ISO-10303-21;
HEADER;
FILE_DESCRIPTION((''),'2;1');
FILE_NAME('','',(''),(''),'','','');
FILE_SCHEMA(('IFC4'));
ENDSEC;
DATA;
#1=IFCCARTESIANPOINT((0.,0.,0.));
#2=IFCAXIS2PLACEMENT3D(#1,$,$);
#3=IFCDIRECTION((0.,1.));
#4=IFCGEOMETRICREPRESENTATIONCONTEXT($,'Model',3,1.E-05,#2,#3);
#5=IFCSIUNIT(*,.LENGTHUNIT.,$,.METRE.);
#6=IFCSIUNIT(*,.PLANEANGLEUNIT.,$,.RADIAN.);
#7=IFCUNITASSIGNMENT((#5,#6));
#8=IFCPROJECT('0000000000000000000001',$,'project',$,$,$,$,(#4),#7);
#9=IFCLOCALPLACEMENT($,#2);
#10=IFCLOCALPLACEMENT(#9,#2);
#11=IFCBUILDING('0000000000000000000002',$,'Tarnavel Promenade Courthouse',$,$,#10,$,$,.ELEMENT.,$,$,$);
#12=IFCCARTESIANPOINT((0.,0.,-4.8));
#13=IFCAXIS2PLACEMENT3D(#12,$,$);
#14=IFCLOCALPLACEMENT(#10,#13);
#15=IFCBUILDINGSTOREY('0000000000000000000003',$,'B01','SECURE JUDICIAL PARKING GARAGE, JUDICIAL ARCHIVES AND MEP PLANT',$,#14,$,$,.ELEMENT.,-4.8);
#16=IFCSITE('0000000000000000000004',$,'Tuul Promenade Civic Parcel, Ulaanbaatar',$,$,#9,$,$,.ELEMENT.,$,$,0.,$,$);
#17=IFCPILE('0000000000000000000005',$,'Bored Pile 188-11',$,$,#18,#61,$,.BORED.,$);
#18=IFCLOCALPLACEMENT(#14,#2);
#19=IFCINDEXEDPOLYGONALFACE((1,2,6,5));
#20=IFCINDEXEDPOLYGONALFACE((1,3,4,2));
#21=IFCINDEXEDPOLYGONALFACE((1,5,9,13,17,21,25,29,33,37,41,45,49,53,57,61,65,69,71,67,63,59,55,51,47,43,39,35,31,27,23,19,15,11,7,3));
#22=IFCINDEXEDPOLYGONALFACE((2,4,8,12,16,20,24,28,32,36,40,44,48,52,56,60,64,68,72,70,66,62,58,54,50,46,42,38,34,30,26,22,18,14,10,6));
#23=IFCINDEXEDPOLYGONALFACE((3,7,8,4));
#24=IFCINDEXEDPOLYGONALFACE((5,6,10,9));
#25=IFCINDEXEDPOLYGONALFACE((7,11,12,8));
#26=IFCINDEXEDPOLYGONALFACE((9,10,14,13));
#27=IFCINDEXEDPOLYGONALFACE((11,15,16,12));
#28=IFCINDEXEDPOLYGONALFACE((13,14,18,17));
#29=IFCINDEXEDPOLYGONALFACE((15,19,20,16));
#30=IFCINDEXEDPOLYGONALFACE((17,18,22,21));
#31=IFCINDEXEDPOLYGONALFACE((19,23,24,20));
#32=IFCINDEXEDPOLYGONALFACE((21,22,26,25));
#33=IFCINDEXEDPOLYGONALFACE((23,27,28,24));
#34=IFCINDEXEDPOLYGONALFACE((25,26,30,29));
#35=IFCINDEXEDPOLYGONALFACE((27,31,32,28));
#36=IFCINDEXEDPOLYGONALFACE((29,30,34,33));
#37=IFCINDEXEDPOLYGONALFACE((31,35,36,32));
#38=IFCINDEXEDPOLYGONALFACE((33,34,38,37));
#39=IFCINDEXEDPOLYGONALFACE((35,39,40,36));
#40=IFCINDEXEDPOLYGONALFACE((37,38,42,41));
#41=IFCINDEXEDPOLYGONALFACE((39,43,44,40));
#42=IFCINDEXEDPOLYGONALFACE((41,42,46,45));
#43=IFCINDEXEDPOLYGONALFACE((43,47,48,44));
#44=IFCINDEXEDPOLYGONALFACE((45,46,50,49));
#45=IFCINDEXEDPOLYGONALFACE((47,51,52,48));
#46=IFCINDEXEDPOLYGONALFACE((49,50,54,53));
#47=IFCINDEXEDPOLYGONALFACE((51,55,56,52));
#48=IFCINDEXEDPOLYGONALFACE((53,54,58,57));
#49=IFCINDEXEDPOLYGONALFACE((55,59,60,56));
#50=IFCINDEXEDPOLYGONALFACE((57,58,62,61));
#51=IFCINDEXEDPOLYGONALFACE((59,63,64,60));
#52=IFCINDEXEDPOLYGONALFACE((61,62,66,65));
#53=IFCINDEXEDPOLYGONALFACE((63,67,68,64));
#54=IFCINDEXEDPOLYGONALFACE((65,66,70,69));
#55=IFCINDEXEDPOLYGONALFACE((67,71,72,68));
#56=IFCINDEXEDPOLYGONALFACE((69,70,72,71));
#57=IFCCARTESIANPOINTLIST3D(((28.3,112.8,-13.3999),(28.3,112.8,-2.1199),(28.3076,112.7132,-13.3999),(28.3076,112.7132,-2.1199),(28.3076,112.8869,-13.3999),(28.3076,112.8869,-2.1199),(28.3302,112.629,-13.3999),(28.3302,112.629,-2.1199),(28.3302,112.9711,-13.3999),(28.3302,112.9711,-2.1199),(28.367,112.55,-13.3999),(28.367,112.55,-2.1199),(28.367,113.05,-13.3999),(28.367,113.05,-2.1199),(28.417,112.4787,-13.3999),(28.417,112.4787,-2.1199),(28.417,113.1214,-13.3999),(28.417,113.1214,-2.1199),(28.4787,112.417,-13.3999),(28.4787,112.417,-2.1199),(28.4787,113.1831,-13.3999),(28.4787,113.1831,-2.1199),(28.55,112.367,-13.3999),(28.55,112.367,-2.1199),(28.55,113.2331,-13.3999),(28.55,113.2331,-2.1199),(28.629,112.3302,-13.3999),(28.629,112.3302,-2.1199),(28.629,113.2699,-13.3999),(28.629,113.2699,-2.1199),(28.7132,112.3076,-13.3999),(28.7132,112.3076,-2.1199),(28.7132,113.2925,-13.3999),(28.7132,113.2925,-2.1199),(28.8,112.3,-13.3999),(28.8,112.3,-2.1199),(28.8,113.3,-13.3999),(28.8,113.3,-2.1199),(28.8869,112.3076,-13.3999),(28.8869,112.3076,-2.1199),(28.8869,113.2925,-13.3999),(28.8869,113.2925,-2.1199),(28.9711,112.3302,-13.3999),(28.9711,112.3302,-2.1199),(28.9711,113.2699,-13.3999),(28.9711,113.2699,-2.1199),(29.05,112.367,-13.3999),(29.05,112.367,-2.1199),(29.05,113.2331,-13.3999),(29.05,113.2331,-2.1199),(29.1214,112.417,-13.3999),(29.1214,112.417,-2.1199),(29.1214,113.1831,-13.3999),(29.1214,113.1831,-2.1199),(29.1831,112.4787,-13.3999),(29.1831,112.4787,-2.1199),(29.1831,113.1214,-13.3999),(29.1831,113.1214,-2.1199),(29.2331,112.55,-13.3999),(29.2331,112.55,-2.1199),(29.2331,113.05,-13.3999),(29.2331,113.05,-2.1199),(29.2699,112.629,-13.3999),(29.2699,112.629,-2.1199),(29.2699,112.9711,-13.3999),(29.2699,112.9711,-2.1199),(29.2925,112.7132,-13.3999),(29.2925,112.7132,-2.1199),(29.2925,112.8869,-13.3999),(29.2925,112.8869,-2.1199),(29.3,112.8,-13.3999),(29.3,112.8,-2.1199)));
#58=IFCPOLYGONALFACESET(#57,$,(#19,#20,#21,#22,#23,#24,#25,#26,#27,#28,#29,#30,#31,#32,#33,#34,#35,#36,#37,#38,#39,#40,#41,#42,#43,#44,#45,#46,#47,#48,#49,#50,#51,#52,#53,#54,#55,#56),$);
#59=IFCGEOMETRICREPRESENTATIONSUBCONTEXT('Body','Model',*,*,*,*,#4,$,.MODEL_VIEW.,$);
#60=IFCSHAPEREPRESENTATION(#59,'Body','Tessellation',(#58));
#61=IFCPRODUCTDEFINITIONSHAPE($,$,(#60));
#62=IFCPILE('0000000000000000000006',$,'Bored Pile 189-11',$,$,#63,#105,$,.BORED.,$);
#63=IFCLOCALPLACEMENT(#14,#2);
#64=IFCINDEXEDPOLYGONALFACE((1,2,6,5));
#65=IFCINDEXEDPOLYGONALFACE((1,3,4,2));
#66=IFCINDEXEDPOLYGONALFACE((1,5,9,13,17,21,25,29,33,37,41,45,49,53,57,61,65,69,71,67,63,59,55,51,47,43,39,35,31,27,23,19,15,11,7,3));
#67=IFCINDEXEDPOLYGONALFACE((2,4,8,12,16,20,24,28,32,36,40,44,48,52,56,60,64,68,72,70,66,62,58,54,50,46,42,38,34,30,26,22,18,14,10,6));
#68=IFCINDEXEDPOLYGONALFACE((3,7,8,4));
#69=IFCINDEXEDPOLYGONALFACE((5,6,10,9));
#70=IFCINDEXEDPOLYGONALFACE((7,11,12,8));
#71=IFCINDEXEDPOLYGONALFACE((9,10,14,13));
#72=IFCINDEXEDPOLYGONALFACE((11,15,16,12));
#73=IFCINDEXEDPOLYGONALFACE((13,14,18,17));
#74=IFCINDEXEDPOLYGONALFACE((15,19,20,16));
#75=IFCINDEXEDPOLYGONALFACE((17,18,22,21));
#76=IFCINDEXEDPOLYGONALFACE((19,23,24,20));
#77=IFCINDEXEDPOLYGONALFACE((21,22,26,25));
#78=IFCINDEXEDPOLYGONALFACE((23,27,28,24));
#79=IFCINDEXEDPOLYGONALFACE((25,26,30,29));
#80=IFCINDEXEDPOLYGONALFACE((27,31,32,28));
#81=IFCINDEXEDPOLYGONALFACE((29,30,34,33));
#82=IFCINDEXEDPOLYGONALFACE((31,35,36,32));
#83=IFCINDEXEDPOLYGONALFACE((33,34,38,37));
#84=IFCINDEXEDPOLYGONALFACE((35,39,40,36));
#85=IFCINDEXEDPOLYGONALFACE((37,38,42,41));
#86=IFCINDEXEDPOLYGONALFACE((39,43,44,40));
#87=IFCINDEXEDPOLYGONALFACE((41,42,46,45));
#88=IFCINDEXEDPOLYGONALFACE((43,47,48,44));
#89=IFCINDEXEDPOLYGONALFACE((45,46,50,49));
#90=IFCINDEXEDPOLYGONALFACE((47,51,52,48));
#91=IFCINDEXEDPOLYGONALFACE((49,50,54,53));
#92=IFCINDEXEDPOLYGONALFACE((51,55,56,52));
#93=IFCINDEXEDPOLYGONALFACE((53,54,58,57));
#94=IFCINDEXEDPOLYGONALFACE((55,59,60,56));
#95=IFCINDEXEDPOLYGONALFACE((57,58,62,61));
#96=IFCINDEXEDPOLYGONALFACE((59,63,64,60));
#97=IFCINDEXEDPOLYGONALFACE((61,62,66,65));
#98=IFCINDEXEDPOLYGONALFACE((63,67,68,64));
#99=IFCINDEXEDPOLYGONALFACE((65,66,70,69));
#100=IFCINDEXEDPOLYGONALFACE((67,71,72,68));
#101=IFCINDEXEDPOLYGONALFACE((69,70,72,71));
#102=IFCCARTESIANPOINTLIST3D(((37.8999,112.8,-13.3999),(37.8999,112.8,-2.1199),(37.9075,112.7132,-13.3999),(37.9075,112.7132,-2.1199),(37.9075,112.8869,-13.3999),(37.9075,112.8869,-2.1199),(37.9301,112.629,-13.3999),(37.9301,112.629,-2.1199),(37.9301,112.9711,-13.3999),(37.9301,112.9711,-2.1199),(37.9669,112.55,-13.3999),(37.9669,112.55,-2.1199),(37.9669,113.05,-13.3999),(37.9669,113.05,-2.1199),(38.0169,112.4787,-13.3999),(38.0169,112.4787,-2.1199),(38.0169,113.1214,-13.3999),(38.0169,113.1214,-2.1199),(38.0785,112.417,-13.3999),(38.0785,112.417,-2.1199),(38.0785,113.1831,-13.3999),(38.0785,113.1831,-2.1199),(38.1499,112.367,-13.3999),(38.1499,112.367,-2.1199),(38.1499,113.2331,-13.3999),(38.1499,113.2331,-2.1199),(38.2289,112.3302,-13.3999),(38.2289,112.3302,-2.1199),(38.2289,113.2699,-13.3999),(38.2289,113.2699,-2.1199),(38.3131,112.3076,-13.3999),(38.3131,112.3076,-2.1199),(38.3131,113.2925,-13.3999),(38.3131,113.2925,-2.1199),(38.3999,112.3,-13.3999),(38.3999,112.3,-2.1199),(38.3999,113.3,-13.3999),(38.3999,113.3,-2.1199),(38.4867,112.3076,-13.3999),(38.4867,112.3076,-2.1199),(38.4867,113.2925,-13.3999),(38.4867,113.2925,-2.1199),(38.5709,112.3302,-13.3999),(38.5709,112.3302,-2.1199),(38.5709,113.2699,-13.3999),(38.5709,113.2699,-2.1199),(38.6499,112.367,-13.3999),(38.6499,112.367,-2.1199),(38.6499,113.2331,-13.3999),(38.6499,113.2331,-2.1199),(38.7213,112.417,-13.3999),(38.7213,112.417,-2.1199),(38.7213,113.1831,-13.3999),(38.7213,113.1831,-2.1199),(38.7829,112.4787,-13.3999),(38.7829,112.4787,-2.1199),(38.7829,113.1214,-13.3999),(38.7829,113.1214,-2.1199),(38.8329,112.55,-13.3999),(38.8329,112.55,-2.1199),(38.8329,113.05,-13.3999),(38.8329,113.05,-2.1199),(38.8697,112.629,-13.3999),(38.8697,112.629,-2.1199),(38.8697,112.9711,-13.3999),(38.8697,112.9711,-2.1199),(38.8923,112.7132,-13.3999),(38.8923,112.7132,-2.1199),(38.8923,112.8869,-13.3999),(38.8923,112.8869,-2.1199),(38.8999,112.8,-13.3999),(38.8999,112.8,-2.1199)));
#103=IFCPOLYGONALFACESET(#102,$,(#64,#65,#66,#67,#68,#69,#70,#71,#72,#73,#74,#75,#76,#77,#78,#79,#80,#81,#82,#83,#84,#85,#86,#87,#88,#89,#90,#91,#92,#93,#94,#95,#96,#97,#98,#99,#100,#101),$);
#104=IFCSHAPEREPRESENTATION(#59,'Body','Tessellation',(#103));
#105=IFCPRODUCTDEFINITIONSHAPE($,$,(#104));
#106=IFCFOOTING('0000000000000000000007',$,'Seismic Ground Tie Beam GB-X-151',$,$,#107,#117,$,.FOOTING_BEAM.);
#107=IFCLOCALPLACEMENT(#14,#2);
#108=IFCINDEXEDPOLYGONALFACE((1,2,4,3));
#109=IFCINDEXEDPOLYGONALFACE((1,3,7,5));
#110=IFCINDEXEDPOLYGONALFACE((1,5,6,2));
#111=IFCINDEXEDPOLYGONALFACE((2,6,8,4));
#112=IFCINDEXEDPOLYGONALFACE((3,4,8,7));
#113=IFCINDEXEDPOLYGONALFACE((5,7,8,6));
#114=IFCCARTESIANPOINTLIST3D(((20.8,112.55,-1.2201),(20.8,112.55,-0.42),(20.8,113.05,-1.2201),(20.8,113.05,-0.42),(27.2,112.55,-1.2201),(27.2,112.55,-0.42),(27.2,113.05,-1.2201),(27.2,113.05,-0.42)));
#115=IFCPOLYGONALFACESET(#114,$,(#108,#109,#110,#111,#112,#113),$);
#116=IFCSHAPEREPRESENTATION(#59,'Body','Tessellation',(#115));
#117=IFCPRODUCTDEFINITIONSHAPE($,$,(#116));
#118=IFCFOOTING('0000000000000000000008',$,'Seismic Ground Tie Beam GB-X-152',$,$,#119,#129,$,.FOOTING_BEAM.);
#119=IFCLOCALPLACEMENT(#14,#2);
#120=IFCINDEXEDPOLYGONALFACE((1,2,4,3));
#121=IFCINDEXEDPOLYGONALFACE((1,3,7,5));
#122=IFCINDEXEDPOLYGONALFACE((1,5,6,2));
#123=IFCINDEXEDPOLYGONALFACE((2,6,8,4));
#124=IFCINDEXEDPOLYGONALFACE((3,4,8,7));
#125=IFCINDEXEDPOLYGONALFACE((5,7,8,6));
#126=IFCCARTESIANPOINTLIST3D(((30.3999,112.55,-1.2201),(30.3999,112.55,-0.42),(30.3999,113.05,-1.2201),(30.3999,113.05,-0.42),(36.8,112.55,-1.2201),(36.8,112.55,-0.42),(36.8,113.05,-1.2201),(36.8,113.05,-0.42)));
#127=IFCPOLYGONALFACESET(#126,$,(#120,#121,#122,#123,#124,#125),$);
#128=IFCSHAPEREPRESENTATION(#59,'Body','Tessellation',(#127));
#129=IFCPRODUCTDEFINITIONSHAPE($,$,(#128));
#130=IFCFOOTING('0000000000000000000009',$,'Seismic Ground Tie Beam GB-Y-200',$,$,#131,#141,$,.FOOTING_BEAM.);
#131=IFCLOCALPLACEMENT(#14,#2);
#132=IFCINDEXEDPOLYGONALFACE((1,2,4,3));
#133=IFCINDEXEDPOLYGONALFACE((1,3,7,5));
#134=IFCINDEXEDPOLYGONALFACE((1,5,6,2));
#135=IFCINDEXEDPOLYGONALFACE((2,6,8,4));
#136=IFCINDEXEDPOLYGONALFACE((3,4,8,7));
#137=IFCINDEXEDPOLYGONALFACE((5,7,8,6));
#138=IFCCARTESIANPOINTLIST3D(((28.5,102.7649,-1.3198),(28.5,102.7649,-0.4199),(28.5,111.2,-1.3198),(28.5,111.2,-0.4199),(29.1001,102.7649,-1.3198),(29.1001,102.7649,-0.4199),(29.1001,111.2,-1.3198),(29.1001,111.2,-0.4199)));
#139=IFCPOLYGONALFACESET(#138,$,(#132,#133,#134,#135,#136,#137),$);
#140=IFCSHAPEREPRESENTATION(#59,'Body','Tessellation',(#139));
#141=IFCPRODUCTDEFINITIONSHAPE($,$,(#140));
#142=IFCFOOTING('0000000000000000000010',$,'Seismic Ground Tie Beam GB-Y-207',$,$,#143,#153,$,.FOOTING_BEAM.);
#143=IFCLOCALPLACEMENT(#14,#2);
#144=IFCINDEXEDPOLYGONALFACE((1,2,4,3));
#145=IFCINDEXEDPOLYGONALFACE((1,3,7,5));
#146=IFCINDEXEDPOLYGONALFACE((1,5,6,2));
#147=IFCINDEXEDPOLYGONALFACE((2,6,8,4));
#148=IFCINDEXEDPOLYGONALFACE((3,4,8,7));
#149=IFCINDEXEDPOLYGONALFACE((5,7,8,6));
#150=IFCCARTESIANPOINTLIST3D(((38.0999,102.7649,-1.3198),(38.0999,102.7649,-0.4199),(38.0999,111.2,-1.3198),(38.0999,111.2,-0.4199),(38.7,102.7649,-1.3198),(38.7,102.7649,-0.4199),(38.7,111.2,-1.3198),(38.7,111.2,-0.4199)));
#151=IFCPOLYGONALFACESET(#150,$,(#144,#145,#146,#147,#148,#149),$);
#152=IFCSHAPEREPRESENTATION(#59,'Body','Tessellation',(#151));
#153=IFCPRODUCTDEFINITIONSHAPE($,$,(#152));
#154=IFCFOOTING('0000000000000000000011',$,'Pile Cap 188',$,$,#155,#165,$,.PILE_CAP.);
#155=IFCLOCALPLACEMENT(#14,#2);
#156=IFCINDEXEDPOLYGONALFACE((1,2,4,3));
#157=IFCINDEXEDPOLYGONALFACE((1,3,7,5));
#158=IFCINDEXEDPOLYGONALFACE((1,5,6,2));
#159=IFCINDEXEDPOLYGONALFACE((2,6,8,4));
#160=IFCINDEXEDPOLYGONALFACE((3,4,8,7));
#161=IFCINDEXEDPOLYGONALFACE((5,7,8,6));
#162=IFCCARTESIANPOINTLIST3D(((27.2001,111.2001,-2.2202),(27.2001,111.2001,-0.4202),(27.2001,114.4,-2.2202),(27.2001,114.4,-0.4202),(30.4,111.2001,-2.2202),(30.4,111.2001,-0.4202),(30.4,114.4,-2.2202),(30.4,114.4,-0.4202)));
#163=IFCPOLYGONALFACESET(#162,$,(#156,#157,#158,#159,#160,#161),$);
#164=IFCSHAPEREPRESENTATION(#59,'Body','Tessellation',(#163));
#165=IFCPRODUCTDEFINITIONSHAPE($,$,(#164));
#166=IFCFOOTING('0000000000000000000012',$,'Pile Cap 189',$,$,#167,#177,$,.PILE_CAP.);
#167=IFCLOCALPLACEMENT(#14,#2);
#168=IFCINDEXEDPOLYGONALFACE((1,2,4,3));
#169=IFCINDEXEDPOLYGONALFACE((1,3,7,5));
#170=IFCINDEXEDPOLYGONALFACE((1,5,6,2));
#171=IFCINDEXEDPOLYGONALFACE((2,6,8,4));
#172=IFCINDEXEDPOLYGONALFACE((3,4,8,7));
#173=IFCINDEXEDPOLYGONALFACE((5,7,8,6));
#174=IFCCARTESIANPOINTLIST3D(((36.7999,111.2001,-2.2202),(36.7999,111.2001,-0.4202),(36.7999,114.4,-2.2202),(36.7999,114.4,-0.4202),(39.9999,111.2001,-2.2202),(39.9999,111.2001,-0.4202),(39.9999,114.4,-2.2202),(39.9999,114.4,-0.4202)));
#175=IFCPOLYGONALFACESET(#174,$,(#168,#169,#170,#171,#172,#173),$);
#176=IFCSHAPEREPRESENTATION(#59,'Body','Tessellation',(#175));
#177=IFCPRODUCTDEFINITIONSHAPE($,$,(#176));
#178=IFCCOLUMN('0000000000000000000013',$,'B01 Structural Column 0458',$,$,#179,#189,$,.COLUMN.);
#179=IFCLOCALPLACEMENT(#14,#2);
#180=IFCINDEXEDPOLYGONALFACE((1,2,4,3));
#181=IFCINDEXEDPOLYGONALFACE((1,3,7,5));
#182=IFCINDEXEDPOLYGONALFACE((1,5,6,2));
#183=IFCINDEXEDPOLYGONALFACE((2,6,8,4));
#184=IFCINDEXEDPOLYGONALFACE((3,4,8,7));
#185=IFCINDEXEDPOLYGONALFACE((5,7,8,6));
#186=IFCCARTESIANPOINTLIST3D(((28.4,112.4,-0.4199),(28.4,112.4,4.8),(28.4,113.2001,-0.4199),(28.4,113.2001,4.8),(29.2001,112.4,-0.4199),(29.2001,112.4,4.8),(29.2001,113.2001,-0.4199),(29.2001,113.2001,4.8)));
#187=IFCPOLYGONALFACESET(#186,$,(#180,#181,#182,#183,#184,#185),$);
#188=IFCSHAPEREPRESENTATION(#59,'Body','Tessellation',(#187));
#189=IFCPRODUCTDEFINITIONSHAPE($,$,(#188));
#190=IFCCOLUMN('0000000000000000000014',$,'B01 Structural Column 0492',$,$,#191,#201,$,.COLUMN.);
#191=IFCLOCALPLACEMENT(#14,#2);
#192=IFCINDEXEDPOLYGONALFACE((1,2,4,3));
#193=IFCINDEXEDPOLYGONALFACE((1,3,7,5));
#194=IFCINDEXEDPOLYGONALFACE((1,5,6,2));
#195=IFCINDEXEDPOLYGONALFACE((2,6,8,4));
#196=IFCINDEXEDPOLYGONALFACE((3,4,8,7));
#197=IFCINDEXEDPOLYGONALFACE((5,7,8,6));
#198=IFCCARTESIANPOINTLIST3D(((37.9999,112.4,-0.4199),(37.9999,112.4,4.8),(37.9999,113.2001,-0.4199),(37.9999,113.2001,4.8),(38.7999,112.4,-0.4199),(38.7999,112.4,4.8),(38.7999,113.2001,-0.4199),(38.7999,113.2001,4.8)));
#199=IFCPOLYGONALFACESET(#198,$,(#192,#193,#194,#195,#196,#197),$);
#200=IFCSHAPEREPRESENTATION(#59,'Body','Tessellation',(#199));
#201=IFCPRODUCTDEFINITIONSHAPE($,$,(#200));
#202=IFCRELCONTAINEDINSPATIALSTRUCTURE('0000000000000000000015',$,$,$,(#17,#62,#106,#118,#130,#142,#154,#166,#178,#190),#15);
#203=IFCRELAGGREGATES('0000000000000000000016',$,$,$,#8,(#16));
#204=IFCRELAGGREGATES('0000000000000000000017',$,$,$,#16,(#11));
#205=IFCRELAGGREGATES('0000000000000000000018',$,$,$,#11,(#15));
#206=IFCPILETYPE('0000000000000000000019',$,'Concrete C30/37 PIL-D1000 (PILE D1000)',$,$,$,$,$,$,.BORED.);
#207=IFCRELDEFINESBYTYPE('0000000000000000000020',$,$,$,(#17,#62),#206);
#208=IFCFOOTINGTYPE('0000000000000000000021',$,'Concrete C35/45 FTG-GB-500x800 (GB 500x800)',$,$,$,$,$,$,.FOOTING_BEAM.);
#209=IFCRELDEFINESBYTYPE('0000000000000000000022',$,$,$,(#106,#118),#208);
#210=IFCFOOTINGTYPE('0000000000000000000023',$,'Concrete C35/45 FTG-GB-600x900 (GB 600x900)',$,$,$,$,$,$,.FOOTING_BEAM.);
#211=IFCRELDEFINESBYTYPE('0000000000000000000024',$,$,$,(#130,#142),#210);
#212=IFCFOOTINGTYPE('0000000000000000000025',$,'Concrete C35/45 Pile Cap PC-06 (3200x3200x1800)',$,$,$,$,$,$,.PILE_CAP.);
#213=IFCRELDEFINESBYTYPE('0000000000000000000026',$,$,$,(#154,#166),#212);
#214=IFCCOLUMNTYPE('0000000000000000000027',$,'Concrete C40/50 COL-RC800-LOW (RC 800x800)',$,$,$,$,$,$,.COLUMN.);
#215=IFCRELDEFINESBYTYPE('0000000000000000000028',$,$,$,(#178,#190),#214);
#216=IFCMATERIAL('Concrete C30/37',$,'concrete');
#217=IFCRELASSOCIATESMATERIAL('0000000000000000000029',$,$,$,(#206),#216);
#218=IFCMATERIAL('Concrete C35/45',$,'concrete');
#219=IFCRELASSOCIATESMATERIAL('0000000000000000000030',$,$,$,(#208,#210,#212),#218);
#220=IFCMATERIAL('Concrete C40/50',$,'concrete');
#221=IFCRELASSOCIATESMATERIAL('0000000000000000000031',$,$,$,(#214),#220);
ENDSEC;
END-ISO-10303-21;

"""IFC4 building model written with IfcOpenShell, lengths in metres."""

from ifc_helpers import new_model, si_unit, direction, frame, origin, origin_2d, place, context, subcontext, project, spatial, rectangle, circle, extrude, material, material_profile, profile_set, type_object, element, save


model = new_model("IFC4")

# Units and contexts
model_context = context("Model", 3, precision=1e-05, world=origin(), true_north=direction((0.0, 1.0)))
body_context = subcontext(model_context, "Body", "Model", "MODEL_VIEW")
ifc_project = project(units=[si_unit("LENGTHUNIT", "METRE"), si_unit("PLANEANGLEUNIT", "RADIAN")], contexts=[model_context])

# Site, building, storey
site_placement = place(None, origin())
site = spatial("IfcSite", under=ifc_project, at=site_placement, Name="Tuul Promenade Civic Parcel, Ulaanbaatar", CompositionType="ELEMENT", RefElevation=0.0)
building_placement = place(site_placement, origin())
building = spatial("IfcBuilding", under=site, at=building_placement, Name="Tarnavel Promenade Courthouse", CompositionType="ELEMENT")
storey_placement = place(building_placement, frame((0.0, 0.0, -4.8)))
storey = spatial("IfcBuildingStorey", under=building, at=storey_placement, Name="B01", Description="SECURE JUDICIAL PARKING GARAGE, JUDICIAL ARCHIVES AND MEP PLANT", CompositionType="ELEMENT", Elevation=-4.8)

# Piles
ifc_material_1 = material(Name="Concrete C30/37", Category="concrete")
ifc_material_profile_1 = material_profile(ifc_material_1, circle(Radius=0.5, at=origin_2d()), Name="PILE D1000")
ifc_profile_set_1 = profile_set([ifc_material_profile_1], Name="Concrete C30/37")
pile_type = type_object("IfcPileType", Name="Concrete C30/37 PIL-D1000 (PILE D1000)", PredefinedType="BORED", material=ifc_profile_set_1)
for number, where, z_axis, x_axis, name in (
    (1, (28.8, 112.8, -2.1199), (0.0, 0.0, -1.0), (1.0, 0.0, 0.0), "Bored Pile 188-11"),
    (2, (38.3999, 112.8, -2.1199), (0.0, 0.0, -1.0), (1.0, 0.0, 0.0), "Bored Pile 189-11"),
):
    element("IfcPile", number, at=place(storey_placement, frame(where, z_axis=z_axis, x_axis=x_axis)), inside=storey, type_object=pile_type, Name=name, PredefinedType="BORED", context=body_context, shape_type="SweptSolid", body=[
        extrude(circle(Radius=0.5, at=origin_2d()), origin(), (0.0, 0.0, 1.0), 11.28),
    ])

# Footings
ifc_material_2 = material(Name="Concrete C35/45", Category="concrete")
ifc_material_profile_2 = material_profile(ifc_material_2, rectangle(XDim=0.5, YDim=0.8, at=origin_2d()), Name="GB 500x800")
ifc_profile_set_2 = profile_set([ifc_material_profile_2], Name="Concrete C35/45")
footing_type_1 = type_object("IfcFootingType", Name="Concrete C35/45 FTG-GB-500x800 (GB 500x800)", PredefinedType="FOOTING_BEAM", material=ifc_profile_set_2)
footing_1_placement = place(storey_placement, frame((20.8, 112.8, -0.8201), z_axis=(1.0, 0.0, 0.0), x_axis=(0.0, 1.0, 0.0)))
element("IfcFooting", 3, at=footing_1_placement, inside=storey, type_object=footing_type_1, Name="Seismic Ground Tie Beam GB-X-151", PredefinedType="FOOTING_BEAM", context=body_context, shape_type="SweptSolid", body=[
    extrude(rectangle(XDim=0.5, YDim=0.8, at=origin_2d()), origin(), (0.0, 0.0, 1.0), 6.3999),
])
footing_2_placement = place(storey_placement, frame((30.3999, 112.8, -0.8201), z_axis=(1.0, 0.0, 0.0), x_axis=(0.0, 1.0, 0.0)))
element("IfcFooting", 4, at=footing_2_placement, inside=storey, type_object=footing_type_1, Name="Seismic Ground Tie Beam GB-X-152", PredefinedType="FOOTING_BEAM", context=body_context, shape_type="SweptSolid", body=[
    extrude(rectangle(XDim=0.5, YDim=0.8, at=origin_2d()), origin(), (0.0, 0.0, 1.0), 6.4001),
])
ifc_material_profile_3 = material_profile(ifc_material_2, rectangle(XDim=0.6001, YDim=0.8999, at=origin_2d()), Name="GB 600x900")
ifc_profile_set_3 = profile_set([ifc_material_profile_3], Name="Concrete C35/45")
footing_type_2 = type_object("IfcFootingType", Name="Concrete C35/45 FTG-GB-600x900 (GB 600x900)", PredefinedType="FOOTING_BEAM", material=ifc_profile_set_3)
for number, where, z_axis, x_axis, name in (
    (5, (28.8, 102.7649, -0.8699), (0.0, 1.0, 0.0), (-1.0, 0.0, 0.0), "Seismic Ground Tie Beam GB-Y-200"),
    (6, (38.3999, 102.7649, -0.8699), (0.0, 1.0, 0.0), (-1.0, 0.0, 0.0), "Seismic Ground Tie Beam GB-Y-207"),
):
    element("IfcFooting", number, at=place(storey_placement, frame(where, z_axis=z_axis, x_axis=x_axis)), inside=storey, type_object=footing_type_2, Name=name, PredefinedType="FOOTING_BEAM", context=body_context, shape_type="SweptSolid", body=[
        extrude(rectangle(XDim=0.6001, YDim=0.8999, at=origin_2d()), origin(), (0.0, 0.0, 1.0), 8.4351),
    ])
footing_type_3 = type_object("IfcFootingType", Name="Concrete C35/45 Pile Cap PC-06 (3200x3200x1800)", PredefinedType="PILE_CAP", material=ifc_material_2)
for number, where, z_axis, x_axis, name in (
    (7, (28.8, 112.8, -2.2202), (0.0, 0.0, 1.0), (1.0, 0.0, 0.0), "Pile Cap 188"),
    (8, (38.3999, 112.8, -2.2202), (0.0, 0.0, 1.0), (1.0, 0.0, 0.0), "Pile Cap 189"),
):
    element("IfcFooting", number, at=place(storey_placement, frame(where, z_axis=z_axis, x_axis=x_axis)), inside=storey, type_object=footing_type_3, Name=name, PredefinedType="PILE_CAP", context=body_context, shape_type="SweptSolid", body=[
        extrude(rectangle(XDim=3.2, YDim=3.2, at=origin_2d()), origin(), (0.0, 0.0, 1.0), 1.8),
    ])

# Columns
ifc_material_3 = material(Name="Concrete C40/50", Category="concrete")
ifc_material_profile_4 = material_profile(ifc_material_3, rectangle(XDim=0.8, YDim=0.8, at=origin_2d()), Name="RC 800x800")
ifc_profile_set_4 = profile_set([ifc_material_profile_4], Name="Concrete C40/50")
column_type = type_object("IfcColumnType", Name="Concrete C40/50 COL-RC800-LOW (RC 800x800)", PredefinedType="COLUMN", material=ifc_profile_set_4)
for number, where, z_axis, x_axis, name in (
    (9, (28.8, 112.8, -0.4199), (0.0, 0.0, 1.0), (1.0, 0.0, 0.0), "B01 Structural Column 0458"),
    (10, (38.3999, 112.8, -0.4199), (0.0, 0.0, 1.0), (1.0, 0.0, 0.0), "B01 Structural Column 0492"),
):
    element("IfcColumn", number, at=place(storey_placement, frame(where, z_axis=z_axis, x_axis=x_axis)), inside=storey, type_object=column_type, Name=name, PredefinedType="COLUMN", context=body_context, shape_type="SweptSolid", body=[
        extrude(rectangle(XDim=0.8, YDim=0.8, at=origin_2d()), origin(), (0.0, 0.0, 1.0), 5.22),
    ])

save(model, "model.ifc")
